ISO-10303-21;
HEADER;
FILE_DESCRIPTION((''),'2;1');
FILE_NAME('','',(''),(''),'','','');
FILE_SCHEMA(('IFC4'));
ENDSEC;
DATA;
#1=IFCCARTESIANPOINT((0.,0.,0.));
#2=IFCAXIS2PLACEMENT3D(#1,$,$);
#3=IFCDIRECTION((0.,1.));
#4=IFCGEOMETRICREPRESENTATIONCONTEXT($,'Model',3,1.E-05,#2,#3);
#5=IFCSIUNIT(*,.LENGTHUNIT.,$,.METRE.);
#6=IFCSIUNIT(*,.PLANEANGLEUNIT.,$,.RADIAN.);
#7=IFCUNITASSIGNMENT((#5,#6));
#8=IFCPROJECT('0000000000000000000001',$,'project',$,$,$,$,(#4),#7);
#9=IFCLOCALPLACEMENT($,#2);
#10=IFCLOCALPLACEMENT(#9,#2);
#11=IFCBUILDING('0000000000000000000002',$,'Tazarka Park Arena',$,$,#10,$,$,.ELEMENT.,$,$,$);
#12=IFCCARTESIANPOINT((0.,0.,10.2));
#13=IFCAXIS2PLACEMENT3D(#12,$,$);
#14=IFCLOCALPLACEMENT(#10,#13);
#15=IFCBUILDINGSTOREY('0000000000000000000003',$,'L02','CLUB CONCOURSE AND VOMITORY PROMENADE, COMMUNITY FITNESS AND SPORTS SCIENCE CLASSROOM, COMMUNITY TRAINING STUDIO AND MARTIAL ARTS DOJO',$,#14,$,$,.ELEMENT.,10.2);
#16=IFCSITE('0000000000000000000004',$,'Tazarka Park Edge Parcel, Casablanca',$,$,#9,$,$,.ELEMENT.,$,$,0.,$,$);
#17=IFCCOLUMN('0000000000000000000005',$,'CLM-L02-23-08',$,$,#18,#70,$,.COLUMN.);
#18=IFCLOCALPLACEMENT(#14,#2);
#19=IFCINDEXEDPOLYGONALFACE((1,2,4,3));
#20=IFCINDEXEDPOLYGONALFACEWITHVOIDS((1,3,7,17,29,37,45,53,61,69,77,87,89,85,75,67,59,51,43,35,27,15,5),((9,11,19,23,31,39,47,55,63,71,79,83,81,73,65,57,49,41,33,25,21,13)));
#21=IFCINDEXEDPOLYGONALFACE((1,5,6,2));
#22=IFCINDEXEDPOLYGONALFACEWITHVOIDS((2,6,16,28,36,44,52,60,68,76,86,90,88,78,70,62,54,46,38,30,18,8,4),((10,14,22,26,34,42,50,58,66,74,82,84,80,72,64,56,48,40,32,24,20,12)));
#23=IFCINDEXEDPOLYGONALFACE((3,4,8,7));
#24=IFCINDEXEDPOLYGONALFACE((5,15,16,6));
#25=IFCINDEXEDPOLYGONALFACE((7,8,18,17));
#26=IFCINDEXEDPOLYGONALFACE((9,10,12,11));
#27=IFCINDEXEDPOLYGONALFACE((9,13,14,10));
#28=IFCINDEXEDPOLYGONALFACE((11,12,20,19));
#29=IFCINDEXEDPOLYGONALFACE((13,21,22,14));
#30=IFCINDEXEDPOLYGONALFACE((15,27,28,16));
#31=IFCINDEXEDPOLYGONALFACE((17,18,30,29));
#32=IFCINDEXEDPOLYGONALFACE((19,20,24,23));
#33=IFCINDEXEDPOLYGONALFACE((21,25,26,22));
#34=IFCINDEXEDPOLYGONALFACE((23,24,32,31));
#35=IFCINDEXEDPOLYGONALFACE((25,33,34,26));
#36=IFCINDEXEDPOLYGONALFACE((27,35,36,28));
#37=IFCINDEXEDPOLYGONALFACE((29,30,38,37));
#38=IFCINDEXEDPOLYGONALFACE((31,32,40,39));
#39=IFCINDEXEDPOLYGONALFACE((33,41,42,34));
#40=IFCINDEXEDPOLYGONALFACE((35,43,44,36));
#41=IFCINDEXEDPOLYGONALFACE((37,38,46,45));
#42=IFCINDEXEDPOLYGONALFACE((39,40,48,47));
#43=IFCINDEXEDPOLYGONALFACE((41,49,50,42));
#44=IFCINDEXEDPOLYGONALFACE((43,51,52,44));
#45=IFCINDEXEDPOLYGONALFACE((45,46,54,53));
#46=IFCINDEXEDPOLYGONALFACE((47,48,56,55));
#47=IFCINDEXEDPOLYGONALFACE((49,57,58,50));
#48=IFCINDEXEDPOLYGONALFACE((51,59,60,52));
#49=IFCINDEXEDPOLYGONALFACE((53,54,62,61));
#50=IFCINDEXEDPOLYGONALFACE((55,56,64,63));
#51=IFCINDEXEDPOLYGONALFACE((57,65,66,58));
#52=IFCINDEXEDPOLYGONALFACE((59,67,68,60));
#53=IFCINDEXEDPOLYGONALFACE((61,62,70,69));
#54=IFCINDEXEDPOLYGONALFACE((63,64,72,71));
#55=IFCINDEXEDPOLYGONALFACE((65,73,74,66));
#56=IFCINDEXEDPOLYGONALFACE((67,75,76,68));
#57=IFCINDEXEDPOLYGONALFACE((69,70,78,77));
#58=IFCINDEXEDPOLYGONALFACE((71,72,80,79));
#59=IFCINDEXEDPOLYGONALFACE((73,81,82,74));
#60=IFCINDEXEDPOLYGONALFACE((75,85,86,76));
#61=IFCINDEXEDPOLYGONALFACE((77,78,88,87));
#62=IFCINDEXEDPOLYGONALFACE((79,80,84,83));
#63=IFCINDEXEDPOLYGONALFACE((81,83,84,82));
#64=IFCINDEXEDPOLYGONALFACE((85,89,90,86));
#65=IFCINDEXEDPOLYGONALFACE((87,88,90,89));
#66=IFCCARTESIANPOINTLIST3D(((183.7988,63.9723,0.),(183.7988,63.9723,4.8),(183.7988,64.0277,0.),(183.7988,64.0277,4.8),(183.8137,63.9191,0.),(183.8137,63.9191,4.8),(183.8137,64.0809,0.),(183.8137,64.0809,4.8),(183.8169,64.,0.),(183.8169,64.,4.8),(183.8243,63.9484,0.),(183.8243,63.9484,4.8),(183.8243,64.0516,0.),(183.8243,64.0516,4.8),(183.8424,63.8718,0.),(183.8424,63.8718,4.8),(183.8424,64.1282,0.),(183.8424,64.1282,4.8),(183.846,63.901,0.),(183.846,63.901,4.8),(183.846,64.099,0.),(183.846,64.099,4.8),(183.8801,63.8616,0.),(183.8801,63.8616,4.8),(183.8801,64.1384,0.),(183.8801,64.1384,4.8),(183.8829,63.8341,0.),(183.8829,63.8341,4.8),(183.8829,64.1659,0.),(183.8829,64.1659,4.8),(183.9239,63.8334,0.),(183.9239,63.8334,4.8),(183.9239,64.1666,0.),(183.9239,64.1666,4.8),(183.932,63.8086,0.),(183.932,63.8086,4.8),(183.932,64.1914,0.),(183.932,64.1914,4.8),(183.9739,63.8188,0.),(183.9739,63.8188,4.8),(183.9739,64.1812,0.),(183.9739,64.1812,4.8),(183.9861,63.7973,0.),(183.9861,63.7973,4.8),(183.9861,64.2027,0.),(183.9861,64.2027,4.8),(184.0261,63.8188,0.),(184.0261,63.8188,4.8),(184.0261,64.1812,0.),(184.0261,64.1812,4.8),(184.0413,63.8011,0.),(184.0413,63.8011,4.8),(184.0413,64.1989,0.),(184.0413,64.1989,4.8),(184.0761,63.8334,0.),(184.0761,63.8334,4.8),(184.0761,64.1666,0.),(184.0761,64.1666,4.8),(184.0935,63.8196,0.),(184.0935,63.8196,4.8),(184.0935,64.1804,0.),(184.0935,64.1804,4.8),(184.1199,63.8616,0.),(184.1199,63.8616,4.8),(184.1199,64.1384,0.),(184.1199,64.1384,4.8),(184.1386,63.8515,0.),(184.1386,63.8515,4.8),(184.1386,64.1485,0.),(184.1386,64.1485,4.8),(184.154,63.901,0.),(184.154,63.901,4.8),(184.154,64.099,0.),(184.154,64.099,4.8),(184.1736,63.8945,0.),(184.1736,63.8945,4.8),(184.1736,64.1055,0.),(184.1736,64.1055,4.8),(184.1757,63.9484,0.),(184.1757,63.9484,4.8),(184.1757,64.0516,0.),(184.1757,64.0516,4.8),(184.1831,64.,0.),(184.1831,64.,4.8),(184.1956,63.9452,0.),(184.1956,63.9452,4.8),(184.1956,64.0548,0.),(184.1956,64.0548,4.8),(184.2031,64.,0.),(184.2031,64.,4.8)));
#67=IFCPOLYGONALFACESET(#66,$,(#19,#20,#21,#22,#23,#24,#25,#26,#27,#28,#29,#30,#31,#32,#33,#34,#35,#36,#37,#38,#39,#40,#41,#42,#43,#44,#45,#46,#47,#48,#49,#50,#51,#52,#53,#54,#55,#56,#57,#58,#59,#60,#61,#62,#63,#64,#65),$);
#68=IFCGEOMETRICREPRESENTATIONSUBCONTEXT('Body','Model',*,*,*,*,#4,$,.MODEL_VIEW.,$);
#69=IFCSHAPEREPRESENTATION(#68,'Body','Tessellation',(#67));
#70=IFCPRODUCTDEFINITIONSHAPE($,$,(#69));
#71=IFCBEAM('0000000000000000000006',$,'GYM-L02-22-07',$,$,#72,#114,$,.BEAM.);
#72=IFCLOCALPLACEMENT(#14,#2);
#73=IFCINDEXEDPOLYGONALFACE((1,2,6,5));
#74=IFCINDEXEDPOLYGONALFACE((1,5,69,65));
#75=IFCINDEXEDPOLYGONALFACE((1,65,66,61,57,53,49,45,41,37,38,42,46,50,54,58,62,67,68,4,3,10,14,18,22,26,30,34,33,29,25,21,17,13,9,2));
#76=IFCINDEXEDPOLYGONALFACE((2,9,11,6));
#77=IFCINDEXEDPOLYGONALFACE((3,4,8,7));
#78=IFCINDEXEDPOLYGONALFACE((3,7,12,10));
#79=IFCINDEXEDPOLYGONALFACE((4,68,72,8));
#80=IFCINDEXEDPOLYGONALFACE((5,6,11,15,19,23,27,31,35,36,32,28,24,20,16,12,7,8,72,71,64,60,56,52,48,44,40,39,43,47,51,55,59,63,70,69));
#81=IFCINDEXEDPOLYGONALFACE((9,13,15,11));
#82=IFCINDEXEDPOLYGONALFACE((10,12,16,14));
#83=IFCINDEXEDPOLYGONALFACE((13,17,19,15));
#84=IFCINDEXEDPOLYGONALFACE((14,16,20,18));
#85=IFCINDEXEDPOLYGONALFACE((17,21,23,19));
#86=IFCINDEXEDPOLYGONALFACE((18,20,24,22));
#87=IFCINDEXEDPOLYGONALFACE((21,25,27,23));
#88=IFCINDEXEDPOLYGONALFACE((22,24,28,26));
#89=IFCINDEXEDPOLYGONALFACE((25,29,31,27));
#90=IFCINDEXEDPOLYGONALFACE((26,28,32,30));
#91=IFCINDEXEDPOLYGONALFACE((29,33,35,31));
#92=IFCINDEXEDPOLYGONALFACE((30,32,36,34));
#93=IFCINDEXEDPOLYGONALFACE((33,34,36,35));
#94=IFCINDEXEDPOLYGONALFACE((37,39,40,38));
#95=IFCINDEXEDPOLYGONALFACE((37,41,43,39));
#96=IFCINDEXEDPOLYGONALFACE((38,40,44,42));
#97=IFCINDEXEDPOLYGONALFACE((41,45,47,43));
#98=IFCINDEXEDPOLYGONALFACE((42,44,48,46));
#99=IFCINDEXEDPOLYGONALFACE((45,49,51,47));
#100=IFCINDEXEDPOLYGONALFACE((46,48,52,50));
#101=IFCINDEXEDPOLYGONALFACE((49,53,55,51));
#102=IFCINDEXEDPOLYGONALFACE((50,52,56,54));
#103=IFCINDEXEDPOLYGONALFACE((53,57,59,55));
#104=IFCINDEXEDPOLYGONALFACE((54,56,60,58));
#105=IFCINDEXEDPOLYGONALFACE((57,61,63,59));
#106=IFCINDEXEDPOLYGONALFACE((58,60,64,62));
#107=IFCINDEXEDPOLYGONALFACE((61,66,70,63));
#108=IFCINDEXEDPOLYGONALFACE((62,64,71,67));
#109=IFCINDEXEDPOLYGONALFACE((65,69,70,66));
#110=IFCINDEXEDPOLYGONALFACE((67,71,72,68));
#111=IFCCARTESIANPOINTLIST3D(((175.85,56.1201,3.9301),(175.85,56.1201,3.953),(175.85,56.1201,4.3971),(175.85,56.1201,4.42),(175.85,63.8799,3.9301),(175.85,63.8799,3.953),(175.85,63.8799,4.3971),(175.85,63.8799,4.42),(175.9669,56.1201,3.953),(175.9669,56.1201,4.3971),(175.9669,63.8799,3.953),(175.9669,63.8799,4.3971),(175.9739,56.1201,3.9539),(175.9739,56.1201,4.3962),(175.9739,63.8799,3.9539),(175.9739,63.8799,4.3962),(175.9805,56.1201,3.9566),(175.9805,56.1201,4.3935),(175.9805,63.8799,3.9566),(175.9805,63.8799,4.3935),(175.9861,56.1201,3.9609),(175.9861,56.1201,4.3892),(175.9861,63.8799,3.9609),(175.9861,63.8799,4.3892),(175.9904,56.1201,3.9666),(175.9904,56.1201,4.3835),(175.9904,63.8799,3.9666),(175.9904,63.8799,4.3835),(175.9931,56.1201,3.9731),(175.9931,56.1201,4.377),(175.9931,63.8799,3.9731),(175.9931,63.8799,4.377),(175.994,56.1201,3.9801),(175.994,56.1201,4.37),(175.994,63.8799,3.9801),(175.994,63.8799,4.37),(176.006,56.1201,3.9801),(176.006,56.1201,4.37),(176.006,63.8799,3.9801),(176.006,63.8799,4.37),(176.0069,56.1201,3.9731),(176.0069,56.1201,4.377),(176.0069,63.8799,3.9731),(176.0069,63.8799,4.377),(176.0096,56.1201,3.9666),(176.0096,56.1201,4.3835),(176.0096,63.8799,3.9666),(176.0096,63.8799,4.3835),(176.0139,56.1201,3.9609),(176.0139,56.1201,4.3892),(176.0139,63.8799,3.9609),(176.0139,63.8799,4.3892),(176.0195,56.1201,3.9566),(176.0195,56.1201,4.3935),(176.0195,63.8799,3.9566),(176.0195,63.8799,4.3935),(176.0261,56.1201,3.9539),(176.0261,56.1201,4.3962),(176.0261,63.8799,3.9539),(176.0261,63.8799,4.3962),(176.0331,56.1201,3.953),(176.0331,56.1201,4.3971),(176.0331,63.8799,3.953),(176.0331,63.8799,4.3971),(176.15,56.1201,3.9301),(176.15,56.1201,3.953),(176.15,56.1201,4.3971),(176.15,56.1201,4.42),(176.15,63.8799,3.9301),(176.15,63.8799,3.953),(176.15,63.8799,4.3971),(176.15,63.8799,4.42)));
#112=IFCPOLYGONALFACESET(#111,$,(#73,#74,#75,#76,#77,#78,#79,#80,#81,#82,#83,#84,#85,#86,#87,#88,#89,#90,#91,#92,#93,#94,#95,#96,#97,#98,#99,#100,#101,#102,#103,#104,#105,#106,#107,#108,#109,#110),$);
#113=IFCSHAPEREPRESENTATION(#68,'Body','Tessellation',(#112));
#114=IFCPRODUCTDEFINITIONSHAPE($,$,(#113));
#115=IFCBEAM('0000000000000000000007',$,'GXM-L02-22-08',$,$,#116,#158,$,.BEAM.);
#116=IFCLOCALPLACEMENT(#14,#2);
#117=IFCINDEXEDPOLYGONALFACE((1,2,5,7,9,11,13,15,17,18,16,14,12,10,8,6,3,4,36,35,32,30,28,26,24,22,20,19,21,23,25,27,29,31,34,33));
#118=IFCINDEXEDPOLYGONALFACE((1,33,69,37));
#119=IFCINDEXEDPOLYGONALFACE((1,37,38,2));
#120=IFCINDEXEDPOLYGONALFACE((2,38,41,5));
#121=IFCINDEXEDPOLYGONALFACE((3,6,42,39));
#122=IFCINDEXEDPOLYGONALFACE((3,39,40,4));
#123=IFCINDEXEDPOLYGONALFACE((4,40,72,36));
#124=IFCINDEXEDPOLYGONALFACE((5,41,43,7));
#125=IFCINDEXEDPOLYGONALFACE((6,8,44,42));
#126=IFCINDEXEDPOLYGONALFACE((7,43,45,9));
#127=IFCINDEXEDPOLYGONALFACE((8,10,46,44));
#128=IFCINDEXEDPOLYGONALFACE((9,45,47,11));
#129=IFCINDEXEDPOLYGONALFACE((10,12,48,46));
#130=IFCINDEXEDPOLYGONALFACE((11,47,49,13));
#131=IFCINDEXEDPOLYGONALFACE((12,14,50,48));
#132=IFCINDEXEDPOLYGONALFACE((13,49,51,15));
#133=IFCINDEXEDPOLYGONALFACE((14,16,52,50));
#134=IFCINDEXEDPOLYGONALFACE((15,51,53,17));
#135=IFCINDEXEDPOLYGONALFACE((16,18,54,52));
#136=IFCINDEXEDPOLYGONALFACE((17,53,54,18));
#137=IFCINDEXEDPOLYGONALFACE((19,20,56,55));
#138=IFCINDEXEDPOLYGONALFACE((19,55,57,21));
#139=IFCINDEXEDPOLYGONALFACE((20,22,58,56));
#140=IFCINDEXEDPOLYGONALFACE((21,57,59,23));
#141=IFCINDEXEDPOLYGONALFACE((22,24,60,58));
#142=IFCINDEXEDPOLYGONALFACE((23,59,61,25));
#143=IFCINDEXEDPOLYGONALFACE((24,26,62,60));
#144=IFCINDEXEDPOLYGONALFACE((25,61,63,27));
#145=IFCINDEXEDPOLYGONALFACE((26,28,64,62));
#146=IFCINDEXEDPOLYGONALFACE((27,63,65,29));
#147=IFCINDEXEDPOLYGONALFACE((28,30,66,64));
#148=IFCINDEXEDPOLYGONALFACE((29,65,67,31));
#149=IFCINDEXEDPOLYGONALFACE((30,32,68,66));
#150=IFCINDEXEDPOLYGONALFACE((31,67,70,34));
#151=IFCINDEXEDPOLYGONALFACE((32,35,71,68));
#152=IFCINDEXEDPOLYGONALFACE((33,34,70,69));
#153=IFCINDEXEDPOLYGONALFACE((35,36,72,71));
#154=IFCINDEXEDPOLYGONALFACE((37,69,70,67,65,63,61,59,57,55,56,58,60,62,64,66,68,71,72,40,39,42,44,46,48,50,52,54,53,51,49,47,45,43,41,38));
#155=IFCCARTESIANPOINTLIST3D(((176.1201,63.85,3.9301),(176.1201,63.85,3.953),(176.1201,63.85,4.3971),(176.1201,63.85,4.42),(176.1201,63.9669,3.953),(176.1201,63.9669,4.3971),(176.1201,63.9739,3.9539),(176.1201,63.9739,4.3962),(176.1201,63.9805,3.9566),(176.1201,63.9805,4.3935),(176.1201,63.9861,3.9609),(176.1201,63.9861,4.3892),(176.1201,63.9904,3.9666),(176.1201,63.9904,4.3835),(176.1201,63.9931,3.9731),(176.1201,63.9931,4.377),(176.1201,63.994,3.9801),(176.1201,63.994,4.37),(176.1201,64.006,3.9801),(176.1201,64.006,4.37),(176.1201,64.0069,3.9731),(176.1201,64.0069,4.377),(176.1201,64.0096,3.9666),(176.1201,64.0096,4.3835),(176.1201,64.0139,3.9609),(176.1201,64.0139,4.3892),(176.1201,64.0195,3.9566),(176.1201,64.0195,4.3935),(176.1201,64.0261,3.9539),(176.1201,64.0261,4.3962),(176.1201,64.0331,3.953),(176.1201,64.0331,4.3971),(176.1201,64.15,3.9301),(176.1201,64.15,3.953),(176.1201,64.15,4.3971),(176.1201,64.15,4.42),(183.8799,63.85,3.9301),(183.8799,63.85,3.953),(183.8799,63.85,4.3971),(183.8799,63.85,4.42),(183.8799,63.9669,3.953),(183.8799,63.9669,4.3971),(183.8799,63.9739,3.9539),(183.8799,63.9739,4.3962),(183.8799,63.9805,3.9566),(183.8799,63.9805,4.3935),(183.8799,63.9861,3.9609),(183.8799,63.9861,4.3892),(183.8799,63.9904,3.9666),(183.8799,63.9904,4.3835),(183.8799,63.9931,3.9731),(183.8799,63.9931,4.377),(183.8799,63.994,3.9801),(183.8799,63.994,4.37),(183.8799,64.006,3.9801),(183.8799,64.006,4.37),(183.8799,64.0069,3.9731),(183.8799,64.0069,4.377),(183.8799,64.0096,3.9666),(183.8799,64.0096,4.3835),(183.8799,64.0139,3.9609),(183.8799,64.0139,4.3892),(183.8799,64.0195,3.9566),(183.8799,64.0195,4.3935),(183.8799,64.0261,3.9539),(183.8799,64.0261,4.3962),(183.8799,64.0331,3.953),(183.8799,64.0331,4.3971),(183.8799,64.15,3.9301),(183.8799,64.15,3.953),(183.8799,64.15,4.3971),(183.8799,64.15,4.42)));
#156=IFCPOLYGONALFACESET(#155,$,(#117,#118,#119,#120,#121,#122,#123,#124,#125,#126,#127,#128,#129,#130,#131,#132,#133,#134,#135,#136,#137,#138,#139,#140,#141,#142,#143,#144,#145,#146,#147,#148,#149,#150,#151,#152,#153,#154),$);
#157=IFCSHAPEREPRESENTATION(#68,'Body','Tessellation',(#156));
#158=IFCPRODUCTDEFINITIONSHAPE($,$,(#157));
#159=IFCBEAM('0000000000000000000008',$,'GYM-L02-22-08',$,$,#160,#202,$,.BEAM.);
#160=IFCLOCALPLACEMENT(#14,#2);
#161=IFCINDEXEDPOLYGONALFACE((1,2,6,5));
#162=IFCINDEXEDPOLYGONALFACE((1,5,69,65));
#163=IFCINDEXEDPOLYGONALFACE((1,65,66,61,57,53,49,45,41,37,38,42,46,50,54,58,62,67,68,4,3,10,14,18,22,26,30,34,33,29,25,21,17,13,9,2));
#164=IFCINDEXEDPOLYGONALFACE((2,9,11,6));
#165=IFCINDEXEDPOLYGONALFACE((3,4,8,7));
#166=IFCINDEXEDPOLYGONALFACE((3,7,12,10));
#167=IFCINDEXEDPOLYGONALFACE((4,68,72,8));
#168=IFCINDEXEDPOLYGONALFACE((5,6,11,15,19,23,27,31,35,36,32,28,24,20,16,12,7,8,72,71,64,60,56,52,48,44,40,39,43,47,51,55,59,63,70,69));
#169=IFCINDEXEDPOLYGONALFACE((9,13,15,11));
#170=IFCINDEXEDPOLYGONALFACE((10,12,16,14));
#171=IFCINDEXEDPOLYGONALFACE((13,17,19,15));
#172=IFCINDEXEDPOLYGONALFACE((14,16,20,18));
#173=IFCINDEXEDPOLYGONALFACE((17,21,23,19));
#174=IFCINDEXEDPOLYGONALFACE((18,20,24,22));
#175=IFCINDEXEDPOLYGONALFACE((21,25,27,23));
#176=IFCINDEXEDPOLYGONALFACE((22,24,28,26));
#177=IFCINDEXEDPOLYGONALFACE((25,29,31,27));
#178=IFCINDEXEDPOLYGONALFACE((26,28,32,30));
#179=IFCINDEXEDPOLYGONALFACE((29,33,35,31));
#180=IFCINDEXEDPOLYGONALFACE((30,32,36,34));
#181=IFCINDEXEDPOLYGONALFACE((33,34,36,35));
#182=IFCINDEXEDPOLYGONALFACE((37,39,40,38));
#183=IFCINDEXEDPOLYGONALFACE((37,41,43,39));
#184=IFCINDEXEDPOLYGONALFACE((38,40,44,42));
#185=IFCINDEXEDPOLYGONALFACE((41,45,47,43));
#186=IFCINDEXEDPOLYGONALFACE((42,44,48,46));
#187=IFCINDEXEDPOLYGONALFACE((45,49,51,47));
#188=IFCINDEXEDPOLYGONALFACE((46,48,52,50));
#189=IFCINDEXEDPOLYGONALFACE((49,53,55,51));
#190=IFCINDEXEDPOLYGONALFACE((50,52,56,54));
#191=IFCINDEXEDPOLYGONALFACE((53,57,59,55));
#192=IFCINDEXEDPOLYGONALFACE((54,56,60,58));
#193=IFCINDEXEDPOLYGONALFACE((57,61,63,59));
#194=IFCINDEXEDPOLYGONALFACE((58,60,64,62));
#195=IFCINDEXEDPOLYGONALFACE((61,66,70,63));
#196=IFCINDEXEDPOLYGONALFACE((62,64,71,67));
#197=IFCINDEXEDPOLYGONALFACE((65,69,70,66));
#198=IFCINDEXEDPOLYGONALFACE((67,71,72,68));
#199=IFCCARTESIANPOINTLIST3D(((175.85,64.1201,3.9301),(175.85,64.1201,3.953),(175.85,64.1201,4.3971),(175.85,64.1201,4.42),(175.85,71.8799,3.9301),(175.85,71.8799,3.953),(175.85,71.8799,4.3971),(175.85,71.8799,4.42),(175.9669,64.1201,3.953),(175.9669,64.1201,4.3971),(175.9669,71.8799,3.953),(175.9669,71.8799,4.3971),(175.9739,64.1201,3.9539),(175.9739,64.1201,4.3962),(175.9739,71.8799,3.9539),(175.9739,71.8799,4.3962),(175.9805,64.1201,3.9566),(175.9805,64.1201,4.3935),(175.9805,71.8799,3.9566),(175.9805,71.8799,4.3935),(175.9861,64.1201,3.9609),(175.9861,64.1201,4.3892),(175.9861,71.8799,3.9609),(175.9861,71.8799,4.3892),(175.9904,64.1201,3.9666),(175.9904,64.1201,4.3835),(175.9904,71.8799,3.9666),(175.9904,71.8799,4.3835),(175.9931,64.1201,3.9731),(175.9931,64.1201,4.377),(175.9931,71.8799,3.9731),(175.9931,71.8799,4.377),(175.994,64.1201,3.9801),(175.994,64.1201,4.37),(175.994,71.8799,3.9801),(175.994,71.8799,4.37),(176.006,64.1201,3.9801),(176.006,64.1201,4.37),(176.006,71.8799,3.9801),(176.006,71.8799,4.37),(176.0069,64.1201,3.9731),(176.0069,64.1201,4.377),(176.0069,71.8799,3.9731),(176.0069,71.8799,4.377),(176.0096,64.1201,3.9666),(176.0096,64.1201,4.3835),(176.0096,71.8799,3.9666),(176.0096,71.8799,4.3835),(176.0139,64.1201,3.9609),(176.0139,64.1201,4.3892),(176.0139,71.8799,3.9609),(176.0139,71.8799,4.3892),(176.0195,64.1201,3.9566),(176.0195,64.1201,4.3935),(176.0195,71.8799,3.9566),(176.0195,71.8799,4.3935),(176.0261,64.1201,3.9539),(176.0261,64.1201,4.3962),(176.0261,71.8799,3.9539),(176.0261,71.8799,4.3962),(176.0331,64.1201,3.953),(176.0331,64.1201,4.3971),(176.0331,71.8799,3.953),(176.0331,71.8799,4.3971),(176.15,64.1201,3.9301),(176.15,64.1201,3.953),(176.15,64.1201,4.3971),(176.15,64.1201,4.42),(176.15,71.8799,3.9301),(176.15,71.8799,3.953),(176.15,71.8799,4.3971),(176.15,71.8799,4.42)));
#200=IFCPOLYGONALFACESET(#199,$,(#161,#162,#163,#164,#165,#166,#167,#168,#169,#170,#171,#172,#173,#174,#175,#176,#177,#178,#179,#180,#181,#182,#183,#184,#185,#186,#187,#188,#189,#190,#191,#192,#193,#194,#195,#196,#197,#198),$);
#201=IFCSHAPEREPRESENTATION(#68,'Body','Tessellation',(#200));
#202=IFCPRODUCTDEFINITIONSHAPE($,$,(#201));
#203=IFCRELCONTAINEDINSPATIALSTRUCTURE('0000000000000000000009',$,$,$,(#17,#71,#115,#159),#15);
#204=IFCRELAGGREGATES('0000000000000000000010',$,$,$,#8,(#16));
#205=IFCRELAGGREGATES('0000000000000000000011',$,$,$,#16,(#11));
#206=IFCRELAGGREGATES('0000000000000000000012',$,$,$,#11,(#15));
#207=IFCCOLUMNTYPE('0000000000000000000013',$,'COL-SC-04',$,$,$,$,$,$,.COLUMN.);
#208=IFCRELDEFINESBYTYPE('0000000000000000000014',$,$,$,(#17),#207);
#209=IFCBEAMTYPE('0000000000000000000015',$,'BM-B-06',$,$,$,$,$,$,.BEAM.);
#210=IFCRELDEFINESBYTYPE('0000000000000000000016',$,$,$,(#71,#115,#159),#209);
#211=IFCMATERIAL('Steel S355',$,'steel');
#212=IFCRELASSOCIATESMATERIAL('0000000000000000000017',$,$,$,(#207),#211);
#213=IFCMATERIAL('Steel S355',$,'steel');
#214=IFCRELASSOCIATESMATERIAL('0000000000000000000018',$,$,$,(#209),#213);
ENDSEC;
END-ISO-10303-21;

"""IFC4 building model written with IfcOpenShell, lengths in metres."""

from ifc_helpers import new_model, si_unit, direction, frame, origin, origin_2d, place, context, subcontext, project, spatial, hollow_circle, i_section, extrude, material, material_profile, profile_set, type_object, element, save


model = new_model("IFC4")

# Units and contexts
model_context = context("Model", 3, precision=1e-05, world=origin(), true_north=direction((0.0, 1.0)))
body_context = subcontext(model_context, "Body", "Model", "MODEL_VIEW")
ifc_project = project(units=[si_unit("LENGTHUNIT", "METRE"), si_unit("PLANEANGLEUNIT", "RADIAN")], contexts=[model_context])

# Site, building, storey
site_placement = place(None, origin())
site = spatial("IfcSite", under=ifc_project, at=site_placement, Name="Tazarka Park Edge Parcel, Casablanca", CompositionType="ELEMENT", RefElevation=0.0)
building_placement = place(site_placement, origin())
building = spatial("IfcBuilding", under=site, at=building_placement, Name="Tazarka Park Arena", CompositionType="ELEMENT")
storey_placement = place(building_placement, frame((0.0, 0.0, 10.2)))
storey = spatial("IfcBuildingStorey", under=building, at=storey_placement, Name="L02", Description="CLUB CONCOURSE AND VOMITORY PROMENADE, COMMUNITY FITNESS AND SPORTS SCIENCE CLASSROOM, COMMUNITY TRAINING STUDIO AND MARTIAL ARTS DOJO", CompositionType="ELEMENT", Elevation=10.2)

# Column
ifc_material_1 = material(Name="Steel S355", Category="steel")
ifc_material_profile_1 = material_profile(ifc_material_1, hollow_circle(Radius=0.2031, WallThickness=0.02, at=origin_2d()), Name="Steel S355")
ifc_profile_set_1 = profile_set([ifc_material_profile_1], Name="Steel S355")
column_type_1 = type_object("IfcColumnType", Name="COL-SC-04", PredefinedType="COLUMN", material=ifc_profile_set_1)
for number, where, z_axis, x_axis, name in (
    (1, (184.0, 64.0, 0.0), (0.0, 0.0, 1.0), (1.0, 0.0, 0.0), "CLM-L02-23-08"),
):
    element("IfcColumn", number, at=place(storey_placement, frame(where, z_axis=z_axis, x_axis=x_axis)), inside=storey, type_object=column_type_1, Name=name, PredefinedType="COLUMN", context=body_context, shape_type="SweptSolid", body=[
        extrude(hollow_circle(Radius=0.2031, WallThickness=0.02, at=origin_2d()), origin(), (0.0, 0.0, 1.0), 4.8),
    ])

# Beams
ifc_material_2 = material(Name="Steel S355", Category="steel")
ifc_material_profile_2 = material_profile(ifc_material_2, i_section(OverallWidth=0.3, OverallDepth=0.49, WebThickness=0.012, FlangeThickness=0.0229, FilletRadius=0.0271, at=origin_2d()), Name="Steel S355")
ifc_profile_set_2 = profile_set([ifc_material_profile_2], Name="Steel S355")
beam_type_1 = type_object("IfcBeamType", Name="BM-B-06", PredefinedType="BEAM", material=ifc_profile_set_2)
for number, where, z_axis, x_axis, name in (
    (2, (176.0, 56.1201, 4.175), (0.0, 1.0, 0.0), (-1.0, 0.0, 0.0), "GYM-L02-22-07"),
    (3, (176.1201, 64.0, 4.175), (1.0, 0.0, 0.0), (0.0, 1.0, 0.0), "GXM-L02-22-08"),
    (4, (176.0, 64.1201, 4.175), (0.0, 1.0, 0.0), (-1.0, 0.0, 0.0), "GYM-L02-22-08"),
):
    element("IfcBeam", number, at=place(storey_placement, frame(where, z_axis=z_axis, x_axis=x_axis)), inside=storey, type_object=beam_type_1, Name=name, PredefinedType="BEAM", context=body_context, shape_type="SweptSolid", body=[
        extrude(i_section(OverallWidth=0.3, OverallDepth=0.49, WebThickness=0.012, FlangeThickness=0.0229, FilletRadius=0.0271, at=origin_2d()), origin(), (0.0, 0.0, 1.0), 7.7598),
    ])

save(model, "model.ifc")
